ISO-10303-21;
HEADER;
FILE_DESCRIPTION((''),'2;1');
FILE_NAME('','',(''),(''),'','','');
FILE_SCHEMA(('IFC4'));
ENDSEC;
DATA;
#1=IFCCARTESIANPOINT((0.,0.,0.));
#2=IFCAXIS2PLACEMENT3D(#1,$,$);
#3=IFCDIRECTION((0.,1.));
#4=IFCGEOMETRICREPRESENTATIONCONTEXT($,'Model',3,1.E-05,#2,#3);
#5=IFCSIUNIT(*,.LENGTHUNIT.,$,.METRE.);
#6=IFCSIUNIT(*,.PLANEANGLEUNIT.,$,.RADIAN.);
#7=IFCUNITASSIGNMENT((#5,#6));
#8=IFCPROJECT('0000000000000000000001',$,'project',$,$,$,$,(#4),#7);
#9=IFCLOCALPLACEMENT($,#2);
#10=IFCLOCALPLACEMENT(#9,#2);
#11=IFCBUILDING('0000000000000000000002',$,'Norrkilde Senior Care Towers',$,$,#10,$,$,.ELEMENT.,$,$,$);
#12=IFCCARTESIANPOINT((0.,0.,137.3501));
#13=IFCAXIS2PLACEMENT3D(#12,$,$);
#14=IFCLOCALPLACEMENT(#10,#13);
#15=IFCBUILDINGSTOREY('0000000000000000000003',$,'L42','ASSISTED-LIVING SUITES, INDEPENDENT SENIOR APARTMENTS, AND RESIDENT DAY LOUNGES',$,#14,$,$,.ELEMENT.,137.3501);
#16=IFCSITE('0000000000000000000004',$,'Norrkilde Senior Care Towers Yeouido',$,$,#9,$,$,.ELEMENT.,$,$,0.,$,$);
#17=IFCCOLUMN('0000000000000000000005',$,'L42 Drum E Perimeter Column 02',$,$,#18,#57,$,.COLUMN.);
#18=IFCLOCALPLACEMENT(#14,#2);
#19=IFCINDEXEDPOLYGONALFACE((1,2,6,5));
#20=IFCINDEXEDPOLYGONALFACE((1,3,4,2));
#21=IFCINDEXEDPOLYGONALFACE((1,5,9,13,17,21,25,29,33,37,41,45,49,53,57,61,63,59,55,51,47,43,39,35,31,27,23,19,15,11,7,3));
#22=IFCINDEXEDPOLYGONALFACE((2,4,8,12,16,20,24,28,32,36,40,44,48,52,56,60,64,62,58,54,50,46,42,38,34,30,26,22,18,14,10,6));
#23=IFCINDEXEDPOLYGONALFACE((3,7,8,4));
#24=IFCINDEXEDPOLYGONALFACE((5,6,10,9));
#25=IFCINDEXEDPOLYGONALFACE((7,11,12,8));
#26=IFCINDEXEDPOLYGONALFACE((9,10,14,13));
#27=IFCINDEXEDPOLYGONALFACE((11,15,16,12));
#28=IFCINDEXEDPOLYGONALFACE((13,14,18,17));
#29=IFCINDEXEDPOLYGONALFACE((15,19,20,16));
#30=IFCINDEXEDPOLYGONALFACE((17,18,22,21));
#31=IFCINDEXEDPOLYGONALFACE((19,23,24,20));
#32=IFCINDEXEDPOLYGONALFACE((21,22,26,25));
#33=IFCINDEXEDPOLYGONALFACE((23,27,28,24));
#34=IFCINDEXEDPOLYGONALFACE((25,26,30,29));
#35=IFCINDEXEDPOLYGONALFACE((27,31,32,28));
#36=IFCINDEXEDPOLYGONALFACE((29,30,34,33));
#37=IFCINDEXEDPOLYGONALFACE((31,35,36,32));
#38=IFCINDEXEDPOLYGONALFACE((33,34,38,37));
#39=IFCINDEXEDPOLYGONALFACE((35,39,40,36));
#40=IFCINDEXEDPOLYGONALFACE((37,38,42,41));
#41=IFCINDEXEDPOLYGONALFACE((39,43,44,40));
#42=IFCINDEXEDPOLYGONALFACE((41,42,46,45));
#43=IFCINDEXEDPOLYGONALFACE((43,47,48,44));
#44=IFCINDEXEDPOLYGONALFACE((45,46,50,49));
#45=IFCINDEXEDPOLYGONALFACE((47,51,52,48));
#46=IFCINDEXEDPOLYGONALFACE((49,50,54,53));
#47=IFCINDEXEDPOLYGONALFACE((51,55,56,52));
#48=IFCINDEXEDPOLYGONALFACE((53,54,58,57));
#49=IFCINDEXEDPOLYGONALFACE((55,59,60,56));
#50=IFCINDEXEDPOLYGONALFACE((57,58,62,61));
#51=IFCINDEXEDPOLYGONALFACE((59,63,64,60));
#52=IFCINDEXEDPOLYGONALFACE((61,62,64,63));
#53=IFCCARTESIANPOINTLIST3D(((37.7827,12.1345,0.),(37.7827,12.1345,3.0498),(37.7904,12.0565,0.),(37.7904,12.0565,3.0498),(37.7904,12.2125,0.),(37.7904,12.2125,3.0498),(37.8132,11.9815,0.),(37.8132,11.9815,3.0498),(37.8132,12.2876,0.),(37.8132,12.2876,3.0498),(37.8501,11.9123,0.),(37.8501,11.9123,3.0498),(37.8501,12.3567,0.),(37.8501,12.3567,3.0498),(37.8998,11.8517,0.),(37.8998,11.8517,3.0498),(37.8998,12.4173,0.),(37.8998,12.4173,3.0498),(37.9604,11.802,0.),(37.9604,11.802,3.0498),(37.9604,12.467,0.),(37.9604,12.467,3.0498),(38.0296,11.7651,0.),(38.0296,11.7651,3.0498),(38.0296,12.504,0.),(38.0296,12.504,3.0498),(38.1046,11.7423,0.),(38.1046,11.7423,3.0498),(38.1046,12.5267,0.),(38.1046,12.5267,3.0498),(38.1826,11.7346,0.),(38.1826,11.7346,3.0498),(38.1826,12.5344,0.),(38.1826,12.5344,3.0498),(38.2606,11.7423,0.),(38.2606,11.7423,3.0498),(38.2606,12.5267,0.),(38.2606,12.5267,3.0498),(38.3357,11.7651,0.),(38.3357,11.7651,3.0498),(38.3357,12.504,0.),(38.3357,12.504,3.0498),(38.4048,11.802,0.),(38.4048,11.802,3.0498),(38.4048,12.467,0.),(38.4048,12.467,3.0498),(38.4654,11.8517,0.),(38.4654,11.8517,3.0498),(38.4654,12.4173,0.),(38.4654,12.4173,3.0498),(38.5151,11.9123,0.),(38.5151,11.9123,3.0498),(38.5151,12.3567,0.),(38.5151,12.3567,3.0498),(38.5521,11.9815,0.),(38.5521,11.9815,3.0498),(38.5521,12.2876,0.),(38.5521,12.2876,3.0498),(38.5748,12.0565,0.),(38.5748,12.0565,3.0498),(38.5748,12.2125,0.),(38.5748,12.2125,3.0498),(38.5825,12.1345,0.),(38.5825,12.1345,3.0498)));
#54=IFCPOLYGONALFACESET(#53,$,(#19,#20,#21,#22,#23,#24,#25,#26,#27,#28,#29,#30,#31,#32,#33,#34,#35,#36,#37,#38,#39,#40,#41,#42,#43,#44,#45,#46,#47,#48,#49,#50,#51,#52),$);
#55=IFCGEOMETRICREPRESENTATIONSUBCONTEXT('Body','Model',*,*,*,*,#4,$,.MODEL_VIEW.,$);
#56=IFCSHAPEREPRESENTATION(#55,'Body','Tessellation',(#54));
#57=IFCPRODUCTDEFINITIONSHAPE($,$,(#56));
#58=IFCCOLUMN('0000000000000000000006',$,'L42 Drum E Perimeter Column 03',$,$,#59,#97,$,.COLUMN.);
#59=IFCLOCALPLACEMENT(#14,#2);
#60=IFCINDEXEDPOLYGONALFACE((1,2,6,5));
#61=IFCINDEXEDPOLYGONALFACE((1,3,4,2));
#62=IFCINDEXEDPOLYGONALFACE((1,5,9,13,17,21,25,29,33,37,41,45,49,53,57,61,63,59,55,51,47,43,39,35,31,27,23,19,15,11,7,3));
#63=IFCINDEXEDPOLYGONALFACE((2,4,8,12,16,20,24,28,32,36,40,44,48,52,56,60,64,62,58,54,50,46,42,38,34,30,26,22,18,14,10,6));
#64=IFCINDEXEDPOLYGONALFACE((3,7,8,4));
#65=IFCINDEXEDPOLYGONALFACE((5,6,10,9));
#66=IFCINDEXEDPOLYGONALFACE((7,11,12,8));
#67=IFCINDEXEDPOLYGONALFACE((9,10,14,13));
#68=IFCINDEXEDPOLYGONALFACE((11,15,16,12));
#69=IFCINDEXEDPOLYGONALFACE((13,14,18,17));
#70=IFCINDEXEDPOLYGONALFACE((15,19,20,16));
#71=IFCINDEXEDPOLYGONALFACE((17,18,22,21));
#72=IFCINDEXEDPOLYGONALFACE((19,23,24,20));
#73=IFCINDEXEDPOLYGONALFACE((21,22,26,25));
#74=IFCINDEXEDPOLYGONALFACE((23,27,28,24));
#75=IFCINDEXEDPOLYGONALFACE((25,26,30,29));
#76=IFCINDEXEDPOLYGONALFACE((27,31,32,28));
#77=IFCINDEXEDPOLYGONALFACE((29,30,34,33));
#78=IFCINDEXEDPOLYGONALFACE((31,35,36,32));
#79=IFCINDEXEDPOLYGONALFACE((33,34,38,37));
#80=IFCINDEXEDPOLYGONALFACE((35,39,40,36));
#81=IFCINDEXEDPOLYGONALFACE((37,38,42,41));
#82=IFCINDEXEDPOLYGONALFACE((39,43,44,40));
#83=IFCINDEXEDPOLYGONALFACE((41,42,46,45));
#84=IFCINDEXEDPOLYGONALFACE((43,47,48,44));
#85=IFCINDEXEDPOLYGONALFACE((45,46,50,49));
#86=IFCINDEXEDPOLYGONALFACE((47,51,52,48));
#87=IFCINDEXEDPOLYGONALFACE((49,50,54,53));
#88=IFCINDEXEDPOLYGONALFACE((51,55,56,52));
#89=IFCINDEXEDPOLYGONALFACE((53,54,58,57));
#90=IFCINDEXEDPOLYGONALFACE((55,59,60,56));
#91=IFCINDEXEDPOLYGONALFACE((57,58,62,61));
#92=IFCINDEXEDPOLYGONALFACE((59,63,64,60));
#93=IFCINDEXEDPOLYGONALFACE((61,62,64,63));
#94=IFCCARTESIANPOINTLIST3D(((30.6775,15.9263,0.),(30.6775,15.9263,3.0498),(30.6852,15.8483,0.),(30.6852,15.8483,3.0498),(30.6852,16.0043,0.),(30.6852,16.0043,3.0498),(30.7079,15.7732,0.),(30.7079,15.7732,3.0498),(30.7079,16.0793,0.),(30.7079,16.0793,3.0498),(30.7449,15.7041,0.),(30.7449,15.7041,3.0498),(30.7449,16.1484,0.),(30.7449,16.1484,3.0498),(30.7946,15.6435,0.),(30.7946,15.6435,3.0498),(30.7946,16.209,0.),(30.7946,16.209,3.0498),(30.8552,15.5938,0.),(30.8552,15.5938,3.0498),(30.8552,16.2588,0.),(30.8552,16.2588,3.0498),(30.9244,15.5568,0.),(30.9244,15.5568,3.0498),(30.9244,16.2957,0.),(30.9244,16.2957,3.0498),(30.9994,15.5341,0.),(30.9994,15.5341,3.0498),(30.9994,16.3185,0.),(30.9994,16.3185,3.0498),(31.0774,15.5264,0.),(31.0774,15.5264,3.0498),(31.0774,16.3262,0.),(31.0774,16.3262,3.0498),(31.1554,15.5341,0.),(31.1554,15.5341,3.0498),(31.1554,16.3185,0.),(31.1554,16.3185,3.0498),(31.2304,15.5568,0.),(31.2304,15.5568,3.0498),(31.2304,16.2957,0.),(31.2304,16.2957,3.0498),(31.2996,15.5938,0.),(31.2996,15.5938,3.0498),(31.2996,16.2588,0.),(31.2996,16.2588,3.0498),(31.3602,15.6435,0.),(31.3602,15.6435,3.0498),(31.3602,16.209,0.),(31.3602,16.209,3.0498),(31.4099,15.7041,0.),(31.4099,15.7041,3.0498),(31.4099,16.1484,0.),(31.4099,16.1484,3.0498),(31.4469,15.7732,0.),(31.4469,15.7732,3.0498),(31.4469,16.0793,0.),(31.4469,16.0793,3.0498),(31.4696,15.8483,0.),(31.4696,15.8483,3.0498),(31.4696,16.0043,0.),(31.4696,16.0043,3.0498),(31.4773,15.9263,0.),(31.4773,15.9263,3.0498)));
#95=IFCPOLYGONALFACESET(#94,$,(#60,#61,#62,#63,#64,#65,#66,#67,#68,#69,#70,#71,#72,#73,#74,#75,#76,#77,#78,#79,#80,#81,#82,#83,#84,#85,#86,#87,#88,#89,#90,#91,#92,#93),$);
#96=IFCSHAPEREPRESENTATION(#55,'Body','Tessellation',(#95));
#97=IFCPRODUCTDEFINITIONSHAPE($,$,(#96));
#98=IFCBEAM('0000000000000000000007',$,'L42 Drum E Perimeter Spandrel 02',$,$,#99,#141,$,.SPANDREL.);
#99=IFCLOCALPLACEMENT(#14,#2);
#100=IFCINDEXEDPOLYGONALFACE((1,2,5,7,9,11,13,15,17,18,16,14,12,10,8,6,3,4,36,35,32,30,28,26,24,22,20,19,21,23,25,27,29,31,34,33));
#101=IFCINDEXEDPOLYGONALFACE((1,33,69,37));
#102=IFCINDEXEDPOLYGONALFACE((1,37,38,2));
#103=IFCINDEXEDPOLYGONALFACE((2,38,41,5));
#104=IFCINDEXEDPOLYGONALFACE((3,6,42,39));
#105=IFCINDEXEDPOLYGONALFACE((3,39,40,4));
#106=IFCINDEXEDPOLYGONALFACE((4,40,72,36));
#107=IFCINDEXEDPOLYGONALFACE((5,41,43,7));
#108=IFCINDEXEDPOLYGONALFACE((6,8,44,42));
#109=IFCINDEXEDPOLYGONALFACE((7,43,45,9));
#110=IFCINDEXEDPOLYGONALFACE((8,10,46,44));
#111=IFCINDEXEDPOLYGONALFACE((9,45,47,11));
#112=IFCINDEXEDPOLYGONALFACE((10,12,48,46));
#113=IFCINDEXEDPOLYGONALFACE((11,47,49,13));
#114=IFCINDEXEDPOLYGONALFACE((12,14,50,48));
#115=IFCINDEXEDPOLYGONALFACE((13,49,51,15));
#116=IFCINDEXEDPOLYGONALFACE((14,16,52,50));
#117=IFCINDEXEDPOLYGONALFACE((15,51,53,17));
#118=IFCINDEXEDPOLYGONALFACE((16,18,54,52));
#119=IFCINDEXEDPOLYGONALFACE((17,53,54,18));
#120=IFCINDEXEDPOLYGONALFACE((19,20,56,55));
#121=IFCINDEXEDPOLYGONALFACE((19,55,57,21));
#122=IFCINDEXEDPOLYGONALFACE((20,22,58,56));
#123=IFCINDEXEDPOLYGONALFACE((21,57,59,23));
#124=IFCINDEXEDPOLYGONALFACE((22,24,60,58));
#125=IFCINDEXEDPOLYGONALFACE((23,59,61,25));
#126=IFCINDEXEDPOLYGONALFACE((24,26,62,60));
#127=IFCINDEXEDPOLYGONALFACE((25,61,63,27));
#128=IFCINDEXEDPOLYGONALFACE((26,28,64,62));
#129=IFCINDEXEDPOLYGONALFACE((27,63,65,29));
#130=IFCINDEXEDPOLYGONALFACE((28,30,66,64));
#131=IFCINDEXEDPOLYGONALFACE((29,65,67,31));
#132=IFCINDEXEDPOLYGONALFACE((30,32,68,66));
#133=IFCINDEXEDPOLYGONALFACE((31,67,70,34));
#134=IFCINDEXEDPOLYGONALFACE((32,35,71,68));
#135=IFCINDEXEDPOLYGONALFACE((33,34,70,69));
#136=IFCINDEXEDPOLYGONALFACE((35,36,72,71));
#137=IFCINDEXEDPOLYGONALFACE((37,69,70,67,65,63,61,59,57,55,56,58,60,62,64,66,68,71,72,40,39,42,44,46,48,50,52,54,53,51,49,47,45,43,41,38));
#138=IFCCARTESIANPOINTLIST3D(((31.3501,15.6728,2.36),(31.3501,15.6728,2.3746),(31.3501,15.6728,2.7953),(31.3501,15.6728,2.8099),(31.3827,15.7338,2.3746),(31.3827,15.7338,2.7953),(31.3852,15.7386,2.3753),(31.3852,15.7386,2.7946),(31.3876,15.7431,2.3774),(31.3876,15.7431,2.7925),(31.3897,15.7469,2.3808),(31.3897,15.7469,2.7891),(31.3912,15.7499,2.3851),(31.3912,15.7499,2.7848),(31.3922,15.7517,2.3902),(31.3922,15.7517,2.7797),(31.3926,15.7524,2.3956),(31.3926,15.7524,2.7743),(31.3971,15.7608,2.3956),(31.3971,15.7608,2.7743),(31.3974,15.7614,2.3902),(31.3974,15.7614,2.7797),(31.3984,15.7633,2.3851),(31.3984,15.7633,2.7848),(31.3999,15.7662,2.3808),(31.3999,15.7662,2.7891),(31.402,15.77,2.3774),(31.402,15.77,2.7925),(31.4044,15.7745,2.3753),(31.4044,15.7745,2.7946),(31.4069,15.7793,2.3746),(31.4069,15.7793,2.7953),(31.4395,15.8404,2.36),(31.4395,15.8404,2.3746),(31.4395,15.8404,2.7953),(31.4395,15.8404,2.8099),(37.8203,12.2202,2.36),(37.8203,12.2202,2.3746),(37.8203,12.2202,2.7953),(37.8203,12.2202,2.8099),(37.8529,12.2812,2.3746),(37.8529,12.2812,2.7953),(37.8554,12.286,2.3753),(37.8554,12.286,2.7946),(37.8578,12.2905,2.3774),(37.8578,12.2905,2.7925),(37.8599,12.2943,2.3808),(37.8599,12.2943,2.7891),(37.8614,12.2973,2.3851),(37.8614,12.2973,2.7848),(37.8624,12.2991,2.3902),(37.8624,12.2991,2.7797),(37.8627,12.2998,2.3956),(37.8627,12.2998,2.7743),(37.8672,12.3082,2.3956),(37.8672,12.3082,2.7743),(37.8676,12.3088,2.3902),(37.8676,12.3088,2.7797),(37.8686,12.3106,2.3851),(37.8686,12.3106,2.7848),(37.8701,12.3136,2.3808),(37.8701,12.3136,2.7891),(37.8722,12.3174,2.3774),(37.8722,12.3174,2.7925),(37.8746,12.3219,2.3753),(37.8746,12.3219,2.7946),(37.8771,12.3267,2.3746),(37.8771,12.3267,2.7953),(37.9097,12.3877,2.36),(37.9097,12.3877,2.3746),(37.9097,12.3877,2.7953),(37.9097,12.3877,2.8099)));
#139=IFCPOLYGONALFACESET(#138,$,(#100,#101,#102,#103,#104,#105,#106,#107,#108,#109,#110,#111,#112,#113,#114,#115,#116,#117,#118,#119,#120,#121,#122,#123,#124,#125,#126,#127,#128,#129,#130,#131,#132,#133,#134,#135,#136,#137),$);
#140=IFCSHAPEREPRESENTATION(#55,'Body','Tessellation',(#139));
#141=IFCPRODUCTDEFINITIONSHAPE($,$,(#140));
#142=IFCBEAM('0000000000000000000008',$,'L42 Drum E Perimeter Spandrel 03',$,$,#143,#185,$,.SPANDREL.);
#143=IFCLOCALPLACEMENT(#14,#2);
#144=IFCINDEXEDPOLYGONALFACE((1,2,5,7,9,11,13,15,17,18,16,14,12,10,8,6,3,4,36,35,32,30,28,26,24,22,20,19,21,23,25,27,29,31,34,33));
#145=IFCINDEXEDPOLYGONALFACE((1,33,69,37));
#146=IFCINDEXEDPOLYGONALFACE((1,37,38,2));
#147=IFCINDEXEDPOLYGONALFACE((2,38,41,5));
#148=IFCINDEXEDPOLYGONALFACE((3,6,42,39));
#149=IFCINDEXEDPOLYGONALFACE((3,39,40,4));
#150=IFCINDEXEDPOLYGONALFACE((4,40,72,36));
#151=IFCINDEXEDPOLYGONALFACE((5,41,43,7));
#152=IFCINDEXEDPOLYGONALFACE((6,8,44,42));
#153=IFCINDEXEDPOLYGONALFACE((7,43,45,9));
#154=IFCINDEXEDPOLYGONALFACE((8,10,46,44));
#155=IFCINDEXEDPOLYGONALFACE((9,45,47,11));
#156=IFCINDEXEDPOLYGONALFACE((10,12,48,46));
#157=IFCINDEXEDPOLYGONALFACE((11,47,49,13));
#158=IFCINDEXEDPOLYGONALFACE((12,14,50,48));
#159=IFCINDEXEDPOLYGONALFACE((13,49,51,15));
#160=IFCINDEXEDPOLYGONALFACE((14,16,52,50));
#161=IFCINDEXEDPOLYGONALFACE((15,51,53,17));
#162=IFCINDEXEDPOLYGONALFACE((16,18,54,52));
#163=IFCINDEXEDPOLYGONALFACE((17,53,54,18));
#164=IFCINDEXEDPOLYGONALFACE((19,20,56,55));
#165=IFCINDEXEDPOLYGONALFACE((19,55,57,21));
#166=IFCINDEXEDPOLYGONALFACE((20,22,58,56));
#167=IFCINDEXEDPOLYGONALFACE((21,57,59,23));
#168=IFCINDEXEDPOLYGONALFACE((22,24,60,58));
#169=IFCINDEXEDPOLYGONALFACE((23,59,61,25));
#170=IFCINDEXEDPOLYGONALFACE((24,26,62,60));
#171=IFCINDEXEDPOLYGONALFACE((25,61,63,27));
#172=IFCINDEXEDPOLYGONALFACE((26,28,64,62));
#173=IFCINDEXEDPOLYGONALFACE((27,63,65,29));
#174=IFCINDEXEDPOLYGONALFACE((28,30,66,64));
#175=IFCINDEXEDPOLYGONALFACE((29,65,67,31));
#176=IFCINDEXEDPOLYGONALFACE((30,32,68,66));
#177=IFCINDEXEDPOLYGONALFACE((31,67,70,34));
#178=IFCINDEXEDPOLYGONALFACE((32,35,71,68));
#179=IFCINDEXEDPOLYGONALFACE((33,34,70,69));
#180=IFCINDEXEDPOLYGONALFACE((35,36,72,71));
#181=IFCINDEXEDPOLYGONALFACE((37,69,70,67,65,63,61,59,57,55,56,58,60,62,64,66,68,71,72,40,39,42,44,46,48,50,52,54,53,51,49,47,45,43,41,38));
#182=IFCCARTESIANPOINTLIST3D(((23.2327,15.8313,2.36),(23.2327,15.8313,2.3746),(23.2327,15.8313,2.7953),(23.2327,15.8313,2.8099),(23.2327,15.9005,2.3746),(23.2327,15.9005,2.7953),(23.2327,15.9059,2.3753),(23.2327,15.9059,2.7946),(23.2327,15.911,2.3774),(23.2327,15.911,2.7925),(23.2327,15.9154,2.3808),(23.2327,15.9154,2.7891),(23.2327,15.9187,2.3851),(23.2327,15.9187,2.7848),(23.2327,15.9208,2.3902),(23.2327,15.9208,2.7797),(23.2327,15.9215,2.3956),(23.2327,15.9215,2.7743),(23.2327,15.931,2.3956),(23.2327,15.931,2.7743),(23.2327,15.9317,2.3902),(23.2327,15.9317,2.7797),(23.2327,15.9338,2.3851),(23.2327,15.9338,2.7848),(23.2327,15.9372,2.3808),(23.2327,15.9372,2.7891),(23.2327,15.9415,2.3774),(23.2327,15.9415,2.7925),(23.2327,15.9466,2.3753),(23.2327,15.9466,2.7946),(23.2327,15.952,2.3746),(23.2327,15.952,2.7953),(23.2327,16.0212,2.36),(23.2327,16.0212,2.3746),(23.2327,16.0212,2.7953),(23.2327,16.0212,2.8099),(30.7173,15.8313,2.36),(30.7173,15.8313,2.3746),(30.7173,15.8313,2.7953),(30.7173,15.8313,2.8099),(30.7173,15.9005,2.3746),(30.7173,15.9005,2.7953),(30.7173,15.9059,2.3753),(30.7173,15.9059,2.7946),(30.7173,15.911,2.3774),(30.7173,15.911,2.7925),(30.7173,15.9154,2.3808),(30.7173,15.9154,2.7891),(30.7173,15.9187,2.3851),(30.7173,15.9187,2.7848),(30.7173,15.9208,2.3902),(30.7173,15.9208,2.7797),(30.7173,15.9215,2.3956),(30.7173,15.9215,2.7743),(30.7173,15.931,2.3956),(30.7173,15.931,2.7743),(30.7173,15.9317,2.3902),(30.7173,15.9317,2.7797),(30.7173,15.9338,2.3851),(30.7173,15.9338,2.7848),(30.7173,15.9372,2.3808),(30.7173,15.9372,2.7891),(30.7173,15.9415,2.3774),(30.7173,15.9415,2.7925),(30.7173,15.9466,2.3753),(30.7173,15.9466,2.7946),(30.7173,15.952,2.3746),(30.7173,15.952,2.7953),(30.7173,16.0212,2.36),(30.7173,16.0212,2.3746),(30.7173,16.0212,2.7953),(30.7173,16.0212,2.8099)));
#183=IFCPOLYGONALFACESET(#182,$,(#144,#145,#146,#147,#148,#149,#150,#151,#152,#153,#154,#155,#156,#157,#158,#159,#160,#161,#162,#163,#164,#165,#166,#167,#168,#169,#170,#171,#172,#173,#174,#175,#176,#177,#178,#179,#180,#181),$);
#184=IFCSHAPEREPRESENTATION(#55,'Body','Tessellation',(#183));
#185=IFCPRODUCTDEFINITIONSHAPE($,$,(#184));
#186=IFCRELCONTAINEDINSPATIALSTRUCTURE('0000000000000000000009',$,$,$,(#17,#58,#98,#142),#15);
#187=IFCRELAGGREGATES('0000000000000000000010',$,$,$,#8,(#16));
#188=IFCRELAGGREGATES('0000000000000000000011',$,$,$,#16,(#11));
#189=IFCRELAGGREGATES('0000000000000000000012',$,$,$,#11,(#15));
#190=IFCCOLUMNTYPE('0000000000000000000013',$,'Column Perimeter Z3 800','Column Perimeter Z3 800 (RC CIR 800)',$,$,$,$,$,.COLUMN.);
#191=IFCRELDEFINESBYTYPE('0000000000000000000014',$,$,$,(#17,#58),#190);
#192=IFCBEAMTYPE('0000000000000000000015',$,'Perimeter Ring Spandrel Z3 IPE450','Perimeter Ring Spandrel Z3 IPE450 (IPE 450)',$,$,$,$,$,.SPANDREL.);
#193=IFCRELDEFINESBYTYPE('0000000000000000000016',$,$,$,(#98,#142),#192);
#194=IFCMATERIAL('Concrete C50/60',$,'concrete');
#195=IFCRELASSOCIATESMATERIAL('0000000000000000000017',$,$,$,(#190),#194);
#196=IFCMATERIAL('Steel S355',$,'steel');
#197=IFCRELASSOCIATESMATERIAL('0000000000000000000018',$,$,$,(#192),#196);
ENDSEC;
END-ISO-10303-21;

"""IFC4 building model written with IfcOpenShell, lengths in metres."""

from ifc_helpers import new_model, si_unit, direction, frame, origin, origin_2d, place, context, subcontext, project, spatial, circle, i_section, extrude, source, transform, mapped, material, material_profile, profile_set, type_object, type_shapes, element, save


model = new_model("IFC4")

# Units and contexts
model_context = context("Model", 3, precision=1e-05, world=origin(), true_north=direction((0.0, 1.0)))
body_context = subcontext(model_context, "Body", "Model", "MODEL_VIEW")
ifc_project = project(units=[si_unit("LENGTHUNIT", "METRE"), si_unit("PLANEANGLEUNIT", "RADIAN")], contexts=[model_context])

# Site, building, storey
site_placement = place(None, origin())
site = spatial("IfcSite", under=ifc_project, at=site_placement, Name="Norrkilde Senior Care Towers Yeouido", CompositionType="ELEMENT", RefElevation=0.0)
building_placement = place(site_placement, origin())
building = spatial("IfcBuilding", under=site, at=building_placement, Name="Norrkilde Senior Care Towers", CompositionType="ELEMENT")
storey_placement = place(building_placement, frame((0.0, 0.0, 137.3501)))
storey = spatial("IfcBuildingStorey", under=building, at=storey_placement, Name="L42", Description="ASSISTED-LIVING SUITES, INDEPENDENT SENIOR APARTMENTS, AND RESIDENT DAY LOUNGES", CompositionType="ELEMENT", Elevation=137.3501)

# Columns
ifc_material_1 = material(Name="Concrete C50/60", Category="concrete")
ifc_material_profile_1 = material_profile(ifc_material_1, circle(Radius=0.3999, at=origin_2d()), Name="RC CIR 800")
ifc_profile_set_1 = profile_set([ifc_material_profile_1], Name="Concrete C50/60")
column_type = type_object("IfcColumnType", Name="Column Perimeter Z3 800", Description="Column Perimeter Z3 800 (RC CIR 800)", PredefinedType="COLUMN", material=ifc_profile_set_1)
shared_shape_1 = source(origin(), body_context, "Body", "SweptSolid", [
    extrude(circle(Radius=0.3999, at=origin_2d()), origin(), (0.0, 0.0, 1.0), 3.0498),
])
type_shapes(column_type, [shared_shape_1])
for number, where, z_axis, x_axis, name in (
    (1, (38.1826, 12.1345, 0.0), (0.0, 0.0, 1.0), (1.0, 0.0, 0.0), "L42 Drum E Perimeter Column 02"),
    (2, (31.0774, 15.9263, 0.0), (0.0, 0.0, 1.0), (1.0, 0.0, 0.0), "L42 Drum E Perimeter Column 03"),
):
    element("IfcColumn", number, at=place(storey_placement, frame(where, z_axis=z_axis, x_axis=x_axis)), inside=storey, type_object=column_type, Name=name, PredefinedType="COLUMN", context=body_context, shape_type="MappedRepresentation", body=[
        mapped(shared_shape_1, transform((0.0, 0.0, 0.0), x_axis=(1.0, 0.0, 0.0), y_axis=(0.0, 1.0, 0.0), z_axis=(0.0, 0.0, 1.0), scale=1.0)),
    ])

# Beams
ifc_material_2 = material(Name="Steel S355", Category="steel")
ifc_material_profile_2 = material_profile(ifc_material_2, i_section(OverallWidth=0.1899, OverallDepth=0.45, WebThickness=0.0095, FlangeThickness=0.0146, FilletRadius=0.021, at=origin_2d()), Name="IPE 450")
ifc_profile_set_2 = profile_set([ifc_material_profile_2], Name="Steel S355")
beam_type = type_object("IfcBeamType", Name="Perimeter Ring Spandrel Z3 IPE450", Description="Perimeter Ring Spandrel Z3 IPE450 (IPE 450)", PredefinedType="SPANDREL", material=ifc_profile_set_2)
shared_shape_2 = source(origin(), body_context, "Body", "SweptSolid", [
    extrude(i_section(OverallWidth=0.1899, OverallDepth=0.45, WebThickness=0.0095, FlangeThickness=0.0146, FilletRadius=0.021, at=origin_2d()), origin(), (0.0, 0.0, 1.0), 7.3337),
])
beam_1_placement = place(storey_placement, frame((37.865, 12.304, 2.585), z_axis=(-0.882248, 0.470785, 0.0), x_axis=(-0.470785, -0.882248, 0.0)))
element("IfcBeam", 3, at=beam_1_placement, inside=storey, type_object=beam_type, Name="L42 Drum E Perimeter Spandrel 02", PredefinedType="SPANDREL", context=body_context, shape_type="MappedRepresentation", body=[
    mapped(shared_shape_2, transform((0.0, 0.0, 0.0), x_axis=(1.0, 0.0, 0.0), y_axis=(0.0, 1.0, 0.0), z_axis=(0.0, 0.0, 1.0), scale=1.0)),
])
shared_shape_3 = source(origin(), body_context, "Body", "SweptSolid", [
    extrude(i_section(OverallWidth=0.1899, OverallDepth=0.45, WebThickness=0.0095, FlangeThickness=0.0146, FilletRadius=0.021, at=origin_2d()), origin(), (0.0, 0.0, 1.0), 7.4846),
])
type_shapes(beam_type, [shared_shape_2, shared_shape_3])
beam_2_placement = place(storey_placement, frame((30.7173, 15.9263, 2.585), z_axis=(-1.0, 0.0, 0.0), x_axis=(0.0, -1.0, 0.0)))
element("IfcBeam", 4, at=beam_2_placement, inside=storey, type_object=beam_type, Name="L42 Drum E Perimeter Spandrel 03", PredefinedType="SPANDREL", context=body_context, shape_type="MappedRepresentation", body=[
    mapped(shared_shape_3, transform((0.0, 0.0, 0.0), x_axis=(1.0, 0.0, 0.0), y_axis=(0.0, 1.0, 0.0), z_axis=(0.0, 0.0, 1.0), scale=1.0)),
])

save(model, "model.ifc")
